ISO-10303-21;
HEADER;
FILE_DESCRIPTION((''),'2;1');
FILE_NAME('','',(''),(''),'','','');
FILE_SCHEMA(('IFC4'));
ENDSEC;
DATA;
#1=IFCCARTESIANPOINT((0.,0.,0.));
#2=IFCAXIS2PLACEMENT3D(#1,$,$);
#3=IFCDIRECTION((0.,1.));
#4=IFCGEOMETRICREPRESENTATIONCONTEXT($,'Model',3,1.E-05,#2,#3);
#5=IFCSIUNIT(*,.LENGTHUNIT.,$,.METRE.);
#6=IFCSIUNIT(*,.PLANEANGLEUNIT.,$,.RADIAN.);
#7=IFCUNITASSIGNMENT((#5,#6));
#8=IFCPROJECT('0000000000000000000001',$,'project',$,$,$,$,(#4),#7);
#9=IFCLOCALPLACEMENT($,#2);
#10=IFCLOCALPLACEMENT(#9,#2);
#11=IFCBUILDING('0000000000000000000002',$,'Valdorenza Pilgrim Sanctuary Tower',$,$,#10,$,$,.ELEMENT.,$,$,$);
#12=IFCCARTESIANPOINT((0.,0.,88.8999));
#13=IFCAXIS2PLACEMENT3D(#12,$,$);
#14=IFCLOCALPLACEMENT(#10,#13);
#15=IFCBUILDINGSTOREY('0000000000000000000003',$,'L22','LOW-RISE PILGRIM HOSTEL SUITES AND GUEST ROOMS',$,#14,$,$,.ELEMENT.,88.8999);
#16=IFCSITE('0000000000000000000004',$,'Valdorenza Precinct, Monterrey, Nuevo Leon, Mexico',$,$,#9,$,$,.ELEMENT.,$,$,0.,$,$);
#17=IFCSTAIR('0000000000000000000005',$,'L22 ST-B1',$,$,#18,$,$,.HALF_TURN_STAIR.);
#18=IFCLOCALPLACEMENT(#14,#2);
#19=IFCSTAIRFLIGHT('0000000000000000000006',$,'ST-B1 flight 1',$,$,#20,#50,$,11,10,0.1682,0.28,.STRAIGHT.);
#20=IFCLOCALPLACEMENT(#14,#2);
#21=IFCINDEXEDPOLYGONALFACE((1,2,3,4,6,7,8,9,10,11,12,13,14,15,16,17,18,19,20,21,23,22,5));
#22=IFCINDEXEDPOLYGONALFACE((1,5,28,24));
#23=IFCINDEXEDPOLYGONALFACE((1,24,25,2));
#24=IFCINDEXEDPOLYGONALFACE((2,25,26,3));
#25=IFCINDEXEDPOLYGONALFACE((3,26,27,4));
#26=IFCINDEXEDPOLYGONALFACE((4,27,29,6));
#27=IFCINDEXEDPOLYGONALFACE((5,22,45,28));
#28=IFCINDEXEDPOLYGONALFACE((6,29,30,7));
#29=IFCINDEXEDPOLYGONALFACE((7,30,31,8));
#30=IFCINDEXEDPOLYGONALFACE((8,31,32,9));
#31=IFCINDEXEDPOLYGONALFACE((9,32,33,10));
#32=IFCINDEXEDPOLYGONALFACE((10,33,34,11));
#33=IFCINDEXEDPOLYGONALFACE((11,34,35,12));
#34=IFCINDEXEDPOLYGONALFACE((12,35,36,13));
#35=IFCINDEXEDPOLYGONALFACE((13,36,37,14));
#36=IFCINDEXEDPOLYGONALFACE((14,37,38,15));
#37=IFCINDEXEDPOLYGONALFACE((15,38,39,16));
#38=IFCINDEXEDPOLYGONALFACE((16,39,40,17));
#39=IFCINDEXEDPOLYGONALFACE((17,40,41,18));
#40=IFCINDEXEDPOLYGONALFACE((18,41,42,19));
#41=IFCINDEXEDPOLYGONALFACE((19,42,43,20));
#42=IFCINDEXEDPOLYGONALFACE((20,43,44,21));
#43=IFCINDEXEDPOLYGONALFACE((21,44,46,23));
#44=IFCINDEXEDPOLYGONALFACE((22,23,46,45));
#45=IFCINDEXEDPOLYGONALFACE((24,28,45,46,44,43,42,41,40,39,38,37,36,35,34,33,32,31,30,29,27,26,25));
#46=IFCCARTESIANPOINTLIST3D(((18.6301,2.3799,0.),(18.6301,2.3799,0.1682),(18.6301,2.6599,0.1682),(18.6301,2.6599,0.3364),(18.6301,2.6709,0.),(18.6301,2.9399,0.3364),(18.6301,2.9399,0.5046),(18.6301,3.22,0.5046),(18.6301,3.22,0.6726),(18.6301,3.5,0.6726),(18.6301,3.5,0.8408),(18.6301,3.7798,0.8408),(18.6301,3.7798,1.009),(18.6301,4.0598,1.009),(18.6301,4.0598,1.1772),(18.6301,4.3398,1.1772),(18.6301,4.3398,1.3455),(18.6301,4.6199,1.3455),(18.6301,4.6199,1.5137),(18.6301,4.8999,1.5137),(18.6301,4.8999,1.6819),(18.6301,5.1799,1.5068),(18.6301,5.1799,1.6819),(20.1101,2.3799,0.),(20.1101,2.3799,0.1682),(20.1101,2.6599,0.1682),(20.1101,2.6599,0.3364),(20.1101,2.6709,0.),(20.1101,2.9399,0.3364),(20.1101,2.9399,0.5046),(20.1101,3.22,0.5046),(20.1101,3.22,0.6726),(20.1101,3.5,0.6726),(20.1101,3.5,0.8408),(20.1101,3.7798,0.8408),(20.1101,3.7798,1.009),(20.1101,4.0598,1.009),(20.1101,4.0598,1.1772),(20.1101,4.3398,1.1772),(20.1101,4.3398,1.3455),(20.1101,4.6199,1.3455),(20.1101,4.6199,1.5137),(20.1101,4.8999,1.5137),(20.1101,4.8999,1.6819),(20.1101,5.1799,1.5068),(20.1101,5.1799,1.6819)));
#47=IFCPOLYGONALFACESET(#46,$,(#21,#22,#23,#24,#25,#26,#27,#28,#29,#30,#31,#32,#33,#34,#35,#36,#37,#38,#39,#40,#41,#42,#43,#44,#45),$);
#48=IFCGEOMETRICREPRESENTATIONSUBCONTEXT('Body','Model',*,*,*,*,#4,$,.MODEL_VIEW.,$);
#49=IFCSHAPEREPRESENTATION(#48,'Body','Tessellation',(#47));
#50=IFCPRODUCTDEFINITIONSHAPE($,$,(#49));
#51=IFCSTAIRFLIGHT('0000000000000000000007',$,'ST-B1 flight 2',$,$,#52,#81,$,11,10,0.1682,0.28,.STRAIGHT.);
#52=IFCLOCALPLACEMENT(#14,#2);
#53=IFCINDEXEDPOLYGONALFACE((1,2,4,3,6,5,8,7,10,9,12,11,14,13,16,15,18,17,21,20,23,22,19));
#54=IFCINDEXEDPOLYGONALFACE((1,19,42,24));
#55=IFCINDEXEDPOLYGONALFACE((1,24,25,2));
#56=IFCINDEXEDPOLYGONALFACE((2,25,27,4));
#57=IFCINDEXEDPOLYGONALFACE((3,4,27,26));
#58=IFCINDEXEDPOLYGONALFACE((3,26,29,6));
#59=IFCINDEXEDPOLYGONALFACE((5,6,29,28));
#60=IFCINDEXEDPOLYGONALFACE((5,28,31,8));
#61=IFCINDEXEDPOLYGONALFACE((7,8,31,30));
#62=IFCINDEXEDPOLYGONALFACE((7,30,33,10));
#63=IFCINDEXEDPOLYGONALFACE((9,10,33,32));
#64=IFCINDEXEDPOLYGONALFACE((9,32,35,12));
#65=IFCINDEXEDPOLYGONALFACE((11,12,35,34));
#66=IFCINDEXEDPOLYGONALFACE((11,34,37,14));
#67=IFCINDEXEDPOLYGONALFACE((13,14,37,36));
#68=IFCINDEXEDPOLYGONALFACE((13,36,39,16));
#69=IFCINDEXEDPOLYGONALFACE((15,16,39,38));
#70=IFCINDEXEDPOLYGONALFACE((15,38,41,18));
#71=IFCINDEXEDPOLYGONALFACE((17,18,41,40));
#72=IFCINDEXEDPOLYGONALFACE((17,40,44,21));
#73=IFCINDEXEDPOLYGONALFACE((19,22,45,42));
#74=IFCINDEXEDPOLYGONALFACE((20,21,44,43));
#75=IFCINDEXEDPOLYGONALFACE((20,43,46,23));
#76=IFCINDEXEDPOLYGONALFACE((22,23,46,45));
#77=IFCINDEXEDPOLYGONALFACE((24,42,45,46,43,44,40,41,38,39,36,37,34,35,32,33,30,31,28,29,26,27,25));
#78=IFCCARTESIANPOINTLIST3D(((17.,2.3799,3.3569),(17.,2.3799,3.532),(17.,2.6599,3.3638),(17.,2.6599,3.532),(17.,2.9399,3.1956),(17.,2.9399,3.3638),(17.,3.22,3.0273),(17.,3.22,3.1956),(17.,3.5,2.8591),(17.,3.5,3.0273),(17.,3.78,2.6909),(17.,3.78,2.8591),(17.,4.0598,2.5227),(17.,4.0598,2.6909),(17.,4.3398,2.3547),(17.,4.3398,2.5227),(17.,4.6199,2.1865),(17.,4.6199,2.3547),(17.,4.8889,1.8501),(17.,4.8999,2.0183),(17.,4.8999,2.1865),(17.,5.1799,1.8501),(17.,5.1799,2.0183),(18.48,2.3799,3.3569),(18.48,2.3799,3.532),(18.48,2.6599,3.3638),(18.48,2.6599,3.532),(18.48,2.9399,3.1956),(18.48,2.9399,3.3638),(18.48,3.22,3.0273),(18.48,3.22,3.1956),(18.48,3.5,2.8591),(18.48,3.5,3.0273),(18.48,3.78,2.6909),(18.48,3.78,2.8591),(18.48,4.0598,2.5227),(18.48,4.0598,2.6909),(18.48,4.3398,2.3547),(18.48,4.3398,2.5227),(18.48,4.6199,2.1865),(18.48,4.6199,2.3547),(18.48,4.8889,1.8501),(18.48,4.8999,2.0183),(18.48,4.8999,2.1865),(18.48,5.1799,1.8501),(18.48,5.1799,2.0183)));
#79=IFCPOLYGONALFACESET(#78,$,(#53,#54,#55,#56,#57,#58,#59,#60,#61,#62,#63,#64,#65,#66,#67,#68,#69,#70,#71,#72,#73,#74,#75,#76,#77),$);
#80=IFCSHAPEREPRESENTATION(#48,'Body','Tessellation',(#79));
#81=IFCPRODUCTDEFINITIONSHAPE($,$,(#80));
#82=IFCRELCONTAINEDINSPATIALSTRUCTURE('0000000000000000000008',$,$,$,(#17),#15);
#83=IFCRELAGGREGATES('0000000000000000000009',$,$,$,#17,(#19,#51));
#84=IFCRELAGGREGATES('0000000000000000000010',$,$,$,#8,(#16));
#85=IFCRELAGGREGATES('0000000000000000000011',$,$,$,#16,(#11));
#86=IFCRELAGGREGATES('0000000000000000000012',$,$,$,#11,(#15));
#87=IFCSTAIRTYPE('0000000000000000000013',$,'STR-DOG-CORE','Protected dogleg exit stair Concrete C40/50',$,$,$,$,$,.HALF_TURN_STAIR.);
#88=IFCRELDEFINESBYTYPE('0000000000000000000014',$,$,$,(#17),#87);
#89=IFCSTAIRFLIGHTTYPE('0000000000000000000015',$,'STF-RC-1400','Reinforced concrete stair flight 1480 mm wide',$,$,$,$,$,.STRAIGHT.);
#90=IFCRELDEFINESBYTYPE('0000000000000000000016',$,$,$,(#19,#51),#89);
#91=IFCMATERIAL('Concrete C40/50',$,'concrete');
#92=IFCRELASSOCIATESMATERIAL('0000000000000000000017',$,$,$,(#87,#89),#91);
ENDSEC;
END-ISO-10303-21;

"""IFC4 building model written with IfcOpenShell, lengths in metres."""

from ifc_helpers import new_model, si_unit, direction, frame, origin, place, context, subcontext, project, spatial, polyline, outline, extrude, material, type_object, element, aggregate, save


model = new_model("IFC4")

# Units and contexts
model_context = context("Model", 3, precision=1e-05, world=origin(), true_north=direction((0.0, 1.0)))
body_context = subcontext(model_context, "Body", "Model", "MODEL_VIEW")
ifc_project = project(units=[si_unit("LENGTHUNIT", "METRE"), si_unit("PLANEANGLEUNIT", "RADIAN")], contexts=[model_context])

# Site, building, storey
site_placement = place(None, origin())
site = spatial("IfcSite", under=ifc_project, at=site_placement, Name="Valdorenza Precinct, Monterrey, Nuevo Leon, Mexico", CompositionType="ELEMENT", RefElevation=0.0)
building_placement = place(site_placement, origin())
building = spatial("IfcBuilding", under=site, at=building_placement, Name="Valdorenza Pilgrim Sanctuary Tower", CompositionType="ELEMENT")
storey_placement = place(building_placement, frame((0.0, 0.0, 88.8999)))
storey = spatial("IfcBuildingStorey", under=building, at=storey_placement, Name="L22", Description="LOW-RISE PILGRIM HOSTEL SUITES AND GUEST ROOMS", CompositionType="ELEMENT", Elevation=88.8999)

# Shared definitions
ifc_material_1 = material(Name="Concrete C40/50", Category="concrete")

# Stair, stair flights
stair_type = type_object("IfcStairType", Name="STR-DOG-CORE", Description="Protected dogleg exit stair Concrete C40/50", PredefinedType="HALF_TURN_STAIR", material=ifc_material_1)
stair_placement = place(storey_placement, origin())
stair = element("IfcStair", 1, at=stair_placement, inside=storey, type_object=stair_type, Name="L22 ST-B1", PredefinedType="HALF_TURN_STAIR")
stair_flight_type = type_object("IfcStairFlightType", Name="STF-RC-1400", Description="Reinforced concrete stair flight 1480 mm wide", PredefinedType="STRAIGHT", material=ifc_material_1)
stair_flight_1_placement = place(storey_placement, frame((19.3701, 2.3799, 0.0), z_axis=(0.0, 0.0, 1.0), x_axis=(0.0, 1.0, 0.0)))
stair_flight_1 = element("IfcStairFlight", 2, at=stair_flight_1_placement, type_object=stair_flight_type, Name="ST-B1 flight 1", NumberOfRisers=11, NumberOfTreads=10, PredefinedType="STRAIGHT", RiserHeight=0.1682, TreadLength=0.28, context=body_context, shape_type="SweptSolid", body=[
    extrude(outline(polyline([(0.0, 0.0), (0.0, 0.1682), (0.28, 0.1682), (0.28, 0.3364), (0.5601, 0.3364), (0.5601, 0.5046), (0.8401, 0.5046), (0.8401, 0.6726), (1.1201, 0.6726), (1.1201, 0.8408), (1.3999, 0.8408), (1.3999, 1.009), (1.6799, 1.009), (1.6799, 1.1772), (1.96, 1.1772), (1.96, 1.3455), (2.24, 1.3455), (2.24, 1.5137), (2.52, 1.5137), (2.52, 1.6819), (2.8, 1.6819), (2.8, 1.8501), (2.8, 1.5068), (0.291, 0.0), (0.0, 0.0)])), frame((0.0, 0.74, 0.0), z_axis=(0.0, -1.0, 0.0), x_axis=(1.0, 0.0, 0.0)), (0.0, 0.0, 1.0), 1.48),
])
stair_flight_2_placement = place(storey_placement, frame((17.74, 5.1799, 1.8501), z_axis=(0.0, 0.0, 1.0), x_axis=(0.0, -1.0, 0.0)))
stair_flight_2 = element("IfcStairFlight", 3, at=stair_flight_2_placement, type_object=stair_flight_type, Name="ST-B1 flight 2", NumberOfRisers=11, NumberOfTreads=10, PredefinedType="STRAIGHT", RiserHeight=0.1682, TreadLength=0.28, context=body_context, shape_type="SweptSolid", body=[
    extrude(outline(polyline([(0.0, 0.0), (0.0, 0.1682), (0.28, 0.1682), (0.28, 0.3364), (0.5601, 0.3364), (0.5601, 0.5046), (0.8401, 0.5046), (0.8401, 0.6726), (1.1201, 0.6726), (1.1201, 0.8408), (1.3999, 0.8408), (1.3999, 1.009), (1.6799, 1.009), (1.6799, 1.1772), (1.96, 1.1772), (1.96, 1.3455), (2.24, 1.3455), (2.24, 1.5137), (2.52, 1.5137), (2.52, 1.6819), (2.8, 1.6819), (2.8, 1.8501), (2.8, 1.5068), (0.291, 0.0), (0.0, 0.0)])), frame((0.0, 0.74, 0.0), z_axis=(0.0, -1.0, 0.0), x_axis=(1.0, 0.0, 0.0)), (0.0, 0.0, 1.0), 1.48),
])
aggregate(stair, [stair_flight_1, stair_flight_2])

save(model, "model.ifc")
